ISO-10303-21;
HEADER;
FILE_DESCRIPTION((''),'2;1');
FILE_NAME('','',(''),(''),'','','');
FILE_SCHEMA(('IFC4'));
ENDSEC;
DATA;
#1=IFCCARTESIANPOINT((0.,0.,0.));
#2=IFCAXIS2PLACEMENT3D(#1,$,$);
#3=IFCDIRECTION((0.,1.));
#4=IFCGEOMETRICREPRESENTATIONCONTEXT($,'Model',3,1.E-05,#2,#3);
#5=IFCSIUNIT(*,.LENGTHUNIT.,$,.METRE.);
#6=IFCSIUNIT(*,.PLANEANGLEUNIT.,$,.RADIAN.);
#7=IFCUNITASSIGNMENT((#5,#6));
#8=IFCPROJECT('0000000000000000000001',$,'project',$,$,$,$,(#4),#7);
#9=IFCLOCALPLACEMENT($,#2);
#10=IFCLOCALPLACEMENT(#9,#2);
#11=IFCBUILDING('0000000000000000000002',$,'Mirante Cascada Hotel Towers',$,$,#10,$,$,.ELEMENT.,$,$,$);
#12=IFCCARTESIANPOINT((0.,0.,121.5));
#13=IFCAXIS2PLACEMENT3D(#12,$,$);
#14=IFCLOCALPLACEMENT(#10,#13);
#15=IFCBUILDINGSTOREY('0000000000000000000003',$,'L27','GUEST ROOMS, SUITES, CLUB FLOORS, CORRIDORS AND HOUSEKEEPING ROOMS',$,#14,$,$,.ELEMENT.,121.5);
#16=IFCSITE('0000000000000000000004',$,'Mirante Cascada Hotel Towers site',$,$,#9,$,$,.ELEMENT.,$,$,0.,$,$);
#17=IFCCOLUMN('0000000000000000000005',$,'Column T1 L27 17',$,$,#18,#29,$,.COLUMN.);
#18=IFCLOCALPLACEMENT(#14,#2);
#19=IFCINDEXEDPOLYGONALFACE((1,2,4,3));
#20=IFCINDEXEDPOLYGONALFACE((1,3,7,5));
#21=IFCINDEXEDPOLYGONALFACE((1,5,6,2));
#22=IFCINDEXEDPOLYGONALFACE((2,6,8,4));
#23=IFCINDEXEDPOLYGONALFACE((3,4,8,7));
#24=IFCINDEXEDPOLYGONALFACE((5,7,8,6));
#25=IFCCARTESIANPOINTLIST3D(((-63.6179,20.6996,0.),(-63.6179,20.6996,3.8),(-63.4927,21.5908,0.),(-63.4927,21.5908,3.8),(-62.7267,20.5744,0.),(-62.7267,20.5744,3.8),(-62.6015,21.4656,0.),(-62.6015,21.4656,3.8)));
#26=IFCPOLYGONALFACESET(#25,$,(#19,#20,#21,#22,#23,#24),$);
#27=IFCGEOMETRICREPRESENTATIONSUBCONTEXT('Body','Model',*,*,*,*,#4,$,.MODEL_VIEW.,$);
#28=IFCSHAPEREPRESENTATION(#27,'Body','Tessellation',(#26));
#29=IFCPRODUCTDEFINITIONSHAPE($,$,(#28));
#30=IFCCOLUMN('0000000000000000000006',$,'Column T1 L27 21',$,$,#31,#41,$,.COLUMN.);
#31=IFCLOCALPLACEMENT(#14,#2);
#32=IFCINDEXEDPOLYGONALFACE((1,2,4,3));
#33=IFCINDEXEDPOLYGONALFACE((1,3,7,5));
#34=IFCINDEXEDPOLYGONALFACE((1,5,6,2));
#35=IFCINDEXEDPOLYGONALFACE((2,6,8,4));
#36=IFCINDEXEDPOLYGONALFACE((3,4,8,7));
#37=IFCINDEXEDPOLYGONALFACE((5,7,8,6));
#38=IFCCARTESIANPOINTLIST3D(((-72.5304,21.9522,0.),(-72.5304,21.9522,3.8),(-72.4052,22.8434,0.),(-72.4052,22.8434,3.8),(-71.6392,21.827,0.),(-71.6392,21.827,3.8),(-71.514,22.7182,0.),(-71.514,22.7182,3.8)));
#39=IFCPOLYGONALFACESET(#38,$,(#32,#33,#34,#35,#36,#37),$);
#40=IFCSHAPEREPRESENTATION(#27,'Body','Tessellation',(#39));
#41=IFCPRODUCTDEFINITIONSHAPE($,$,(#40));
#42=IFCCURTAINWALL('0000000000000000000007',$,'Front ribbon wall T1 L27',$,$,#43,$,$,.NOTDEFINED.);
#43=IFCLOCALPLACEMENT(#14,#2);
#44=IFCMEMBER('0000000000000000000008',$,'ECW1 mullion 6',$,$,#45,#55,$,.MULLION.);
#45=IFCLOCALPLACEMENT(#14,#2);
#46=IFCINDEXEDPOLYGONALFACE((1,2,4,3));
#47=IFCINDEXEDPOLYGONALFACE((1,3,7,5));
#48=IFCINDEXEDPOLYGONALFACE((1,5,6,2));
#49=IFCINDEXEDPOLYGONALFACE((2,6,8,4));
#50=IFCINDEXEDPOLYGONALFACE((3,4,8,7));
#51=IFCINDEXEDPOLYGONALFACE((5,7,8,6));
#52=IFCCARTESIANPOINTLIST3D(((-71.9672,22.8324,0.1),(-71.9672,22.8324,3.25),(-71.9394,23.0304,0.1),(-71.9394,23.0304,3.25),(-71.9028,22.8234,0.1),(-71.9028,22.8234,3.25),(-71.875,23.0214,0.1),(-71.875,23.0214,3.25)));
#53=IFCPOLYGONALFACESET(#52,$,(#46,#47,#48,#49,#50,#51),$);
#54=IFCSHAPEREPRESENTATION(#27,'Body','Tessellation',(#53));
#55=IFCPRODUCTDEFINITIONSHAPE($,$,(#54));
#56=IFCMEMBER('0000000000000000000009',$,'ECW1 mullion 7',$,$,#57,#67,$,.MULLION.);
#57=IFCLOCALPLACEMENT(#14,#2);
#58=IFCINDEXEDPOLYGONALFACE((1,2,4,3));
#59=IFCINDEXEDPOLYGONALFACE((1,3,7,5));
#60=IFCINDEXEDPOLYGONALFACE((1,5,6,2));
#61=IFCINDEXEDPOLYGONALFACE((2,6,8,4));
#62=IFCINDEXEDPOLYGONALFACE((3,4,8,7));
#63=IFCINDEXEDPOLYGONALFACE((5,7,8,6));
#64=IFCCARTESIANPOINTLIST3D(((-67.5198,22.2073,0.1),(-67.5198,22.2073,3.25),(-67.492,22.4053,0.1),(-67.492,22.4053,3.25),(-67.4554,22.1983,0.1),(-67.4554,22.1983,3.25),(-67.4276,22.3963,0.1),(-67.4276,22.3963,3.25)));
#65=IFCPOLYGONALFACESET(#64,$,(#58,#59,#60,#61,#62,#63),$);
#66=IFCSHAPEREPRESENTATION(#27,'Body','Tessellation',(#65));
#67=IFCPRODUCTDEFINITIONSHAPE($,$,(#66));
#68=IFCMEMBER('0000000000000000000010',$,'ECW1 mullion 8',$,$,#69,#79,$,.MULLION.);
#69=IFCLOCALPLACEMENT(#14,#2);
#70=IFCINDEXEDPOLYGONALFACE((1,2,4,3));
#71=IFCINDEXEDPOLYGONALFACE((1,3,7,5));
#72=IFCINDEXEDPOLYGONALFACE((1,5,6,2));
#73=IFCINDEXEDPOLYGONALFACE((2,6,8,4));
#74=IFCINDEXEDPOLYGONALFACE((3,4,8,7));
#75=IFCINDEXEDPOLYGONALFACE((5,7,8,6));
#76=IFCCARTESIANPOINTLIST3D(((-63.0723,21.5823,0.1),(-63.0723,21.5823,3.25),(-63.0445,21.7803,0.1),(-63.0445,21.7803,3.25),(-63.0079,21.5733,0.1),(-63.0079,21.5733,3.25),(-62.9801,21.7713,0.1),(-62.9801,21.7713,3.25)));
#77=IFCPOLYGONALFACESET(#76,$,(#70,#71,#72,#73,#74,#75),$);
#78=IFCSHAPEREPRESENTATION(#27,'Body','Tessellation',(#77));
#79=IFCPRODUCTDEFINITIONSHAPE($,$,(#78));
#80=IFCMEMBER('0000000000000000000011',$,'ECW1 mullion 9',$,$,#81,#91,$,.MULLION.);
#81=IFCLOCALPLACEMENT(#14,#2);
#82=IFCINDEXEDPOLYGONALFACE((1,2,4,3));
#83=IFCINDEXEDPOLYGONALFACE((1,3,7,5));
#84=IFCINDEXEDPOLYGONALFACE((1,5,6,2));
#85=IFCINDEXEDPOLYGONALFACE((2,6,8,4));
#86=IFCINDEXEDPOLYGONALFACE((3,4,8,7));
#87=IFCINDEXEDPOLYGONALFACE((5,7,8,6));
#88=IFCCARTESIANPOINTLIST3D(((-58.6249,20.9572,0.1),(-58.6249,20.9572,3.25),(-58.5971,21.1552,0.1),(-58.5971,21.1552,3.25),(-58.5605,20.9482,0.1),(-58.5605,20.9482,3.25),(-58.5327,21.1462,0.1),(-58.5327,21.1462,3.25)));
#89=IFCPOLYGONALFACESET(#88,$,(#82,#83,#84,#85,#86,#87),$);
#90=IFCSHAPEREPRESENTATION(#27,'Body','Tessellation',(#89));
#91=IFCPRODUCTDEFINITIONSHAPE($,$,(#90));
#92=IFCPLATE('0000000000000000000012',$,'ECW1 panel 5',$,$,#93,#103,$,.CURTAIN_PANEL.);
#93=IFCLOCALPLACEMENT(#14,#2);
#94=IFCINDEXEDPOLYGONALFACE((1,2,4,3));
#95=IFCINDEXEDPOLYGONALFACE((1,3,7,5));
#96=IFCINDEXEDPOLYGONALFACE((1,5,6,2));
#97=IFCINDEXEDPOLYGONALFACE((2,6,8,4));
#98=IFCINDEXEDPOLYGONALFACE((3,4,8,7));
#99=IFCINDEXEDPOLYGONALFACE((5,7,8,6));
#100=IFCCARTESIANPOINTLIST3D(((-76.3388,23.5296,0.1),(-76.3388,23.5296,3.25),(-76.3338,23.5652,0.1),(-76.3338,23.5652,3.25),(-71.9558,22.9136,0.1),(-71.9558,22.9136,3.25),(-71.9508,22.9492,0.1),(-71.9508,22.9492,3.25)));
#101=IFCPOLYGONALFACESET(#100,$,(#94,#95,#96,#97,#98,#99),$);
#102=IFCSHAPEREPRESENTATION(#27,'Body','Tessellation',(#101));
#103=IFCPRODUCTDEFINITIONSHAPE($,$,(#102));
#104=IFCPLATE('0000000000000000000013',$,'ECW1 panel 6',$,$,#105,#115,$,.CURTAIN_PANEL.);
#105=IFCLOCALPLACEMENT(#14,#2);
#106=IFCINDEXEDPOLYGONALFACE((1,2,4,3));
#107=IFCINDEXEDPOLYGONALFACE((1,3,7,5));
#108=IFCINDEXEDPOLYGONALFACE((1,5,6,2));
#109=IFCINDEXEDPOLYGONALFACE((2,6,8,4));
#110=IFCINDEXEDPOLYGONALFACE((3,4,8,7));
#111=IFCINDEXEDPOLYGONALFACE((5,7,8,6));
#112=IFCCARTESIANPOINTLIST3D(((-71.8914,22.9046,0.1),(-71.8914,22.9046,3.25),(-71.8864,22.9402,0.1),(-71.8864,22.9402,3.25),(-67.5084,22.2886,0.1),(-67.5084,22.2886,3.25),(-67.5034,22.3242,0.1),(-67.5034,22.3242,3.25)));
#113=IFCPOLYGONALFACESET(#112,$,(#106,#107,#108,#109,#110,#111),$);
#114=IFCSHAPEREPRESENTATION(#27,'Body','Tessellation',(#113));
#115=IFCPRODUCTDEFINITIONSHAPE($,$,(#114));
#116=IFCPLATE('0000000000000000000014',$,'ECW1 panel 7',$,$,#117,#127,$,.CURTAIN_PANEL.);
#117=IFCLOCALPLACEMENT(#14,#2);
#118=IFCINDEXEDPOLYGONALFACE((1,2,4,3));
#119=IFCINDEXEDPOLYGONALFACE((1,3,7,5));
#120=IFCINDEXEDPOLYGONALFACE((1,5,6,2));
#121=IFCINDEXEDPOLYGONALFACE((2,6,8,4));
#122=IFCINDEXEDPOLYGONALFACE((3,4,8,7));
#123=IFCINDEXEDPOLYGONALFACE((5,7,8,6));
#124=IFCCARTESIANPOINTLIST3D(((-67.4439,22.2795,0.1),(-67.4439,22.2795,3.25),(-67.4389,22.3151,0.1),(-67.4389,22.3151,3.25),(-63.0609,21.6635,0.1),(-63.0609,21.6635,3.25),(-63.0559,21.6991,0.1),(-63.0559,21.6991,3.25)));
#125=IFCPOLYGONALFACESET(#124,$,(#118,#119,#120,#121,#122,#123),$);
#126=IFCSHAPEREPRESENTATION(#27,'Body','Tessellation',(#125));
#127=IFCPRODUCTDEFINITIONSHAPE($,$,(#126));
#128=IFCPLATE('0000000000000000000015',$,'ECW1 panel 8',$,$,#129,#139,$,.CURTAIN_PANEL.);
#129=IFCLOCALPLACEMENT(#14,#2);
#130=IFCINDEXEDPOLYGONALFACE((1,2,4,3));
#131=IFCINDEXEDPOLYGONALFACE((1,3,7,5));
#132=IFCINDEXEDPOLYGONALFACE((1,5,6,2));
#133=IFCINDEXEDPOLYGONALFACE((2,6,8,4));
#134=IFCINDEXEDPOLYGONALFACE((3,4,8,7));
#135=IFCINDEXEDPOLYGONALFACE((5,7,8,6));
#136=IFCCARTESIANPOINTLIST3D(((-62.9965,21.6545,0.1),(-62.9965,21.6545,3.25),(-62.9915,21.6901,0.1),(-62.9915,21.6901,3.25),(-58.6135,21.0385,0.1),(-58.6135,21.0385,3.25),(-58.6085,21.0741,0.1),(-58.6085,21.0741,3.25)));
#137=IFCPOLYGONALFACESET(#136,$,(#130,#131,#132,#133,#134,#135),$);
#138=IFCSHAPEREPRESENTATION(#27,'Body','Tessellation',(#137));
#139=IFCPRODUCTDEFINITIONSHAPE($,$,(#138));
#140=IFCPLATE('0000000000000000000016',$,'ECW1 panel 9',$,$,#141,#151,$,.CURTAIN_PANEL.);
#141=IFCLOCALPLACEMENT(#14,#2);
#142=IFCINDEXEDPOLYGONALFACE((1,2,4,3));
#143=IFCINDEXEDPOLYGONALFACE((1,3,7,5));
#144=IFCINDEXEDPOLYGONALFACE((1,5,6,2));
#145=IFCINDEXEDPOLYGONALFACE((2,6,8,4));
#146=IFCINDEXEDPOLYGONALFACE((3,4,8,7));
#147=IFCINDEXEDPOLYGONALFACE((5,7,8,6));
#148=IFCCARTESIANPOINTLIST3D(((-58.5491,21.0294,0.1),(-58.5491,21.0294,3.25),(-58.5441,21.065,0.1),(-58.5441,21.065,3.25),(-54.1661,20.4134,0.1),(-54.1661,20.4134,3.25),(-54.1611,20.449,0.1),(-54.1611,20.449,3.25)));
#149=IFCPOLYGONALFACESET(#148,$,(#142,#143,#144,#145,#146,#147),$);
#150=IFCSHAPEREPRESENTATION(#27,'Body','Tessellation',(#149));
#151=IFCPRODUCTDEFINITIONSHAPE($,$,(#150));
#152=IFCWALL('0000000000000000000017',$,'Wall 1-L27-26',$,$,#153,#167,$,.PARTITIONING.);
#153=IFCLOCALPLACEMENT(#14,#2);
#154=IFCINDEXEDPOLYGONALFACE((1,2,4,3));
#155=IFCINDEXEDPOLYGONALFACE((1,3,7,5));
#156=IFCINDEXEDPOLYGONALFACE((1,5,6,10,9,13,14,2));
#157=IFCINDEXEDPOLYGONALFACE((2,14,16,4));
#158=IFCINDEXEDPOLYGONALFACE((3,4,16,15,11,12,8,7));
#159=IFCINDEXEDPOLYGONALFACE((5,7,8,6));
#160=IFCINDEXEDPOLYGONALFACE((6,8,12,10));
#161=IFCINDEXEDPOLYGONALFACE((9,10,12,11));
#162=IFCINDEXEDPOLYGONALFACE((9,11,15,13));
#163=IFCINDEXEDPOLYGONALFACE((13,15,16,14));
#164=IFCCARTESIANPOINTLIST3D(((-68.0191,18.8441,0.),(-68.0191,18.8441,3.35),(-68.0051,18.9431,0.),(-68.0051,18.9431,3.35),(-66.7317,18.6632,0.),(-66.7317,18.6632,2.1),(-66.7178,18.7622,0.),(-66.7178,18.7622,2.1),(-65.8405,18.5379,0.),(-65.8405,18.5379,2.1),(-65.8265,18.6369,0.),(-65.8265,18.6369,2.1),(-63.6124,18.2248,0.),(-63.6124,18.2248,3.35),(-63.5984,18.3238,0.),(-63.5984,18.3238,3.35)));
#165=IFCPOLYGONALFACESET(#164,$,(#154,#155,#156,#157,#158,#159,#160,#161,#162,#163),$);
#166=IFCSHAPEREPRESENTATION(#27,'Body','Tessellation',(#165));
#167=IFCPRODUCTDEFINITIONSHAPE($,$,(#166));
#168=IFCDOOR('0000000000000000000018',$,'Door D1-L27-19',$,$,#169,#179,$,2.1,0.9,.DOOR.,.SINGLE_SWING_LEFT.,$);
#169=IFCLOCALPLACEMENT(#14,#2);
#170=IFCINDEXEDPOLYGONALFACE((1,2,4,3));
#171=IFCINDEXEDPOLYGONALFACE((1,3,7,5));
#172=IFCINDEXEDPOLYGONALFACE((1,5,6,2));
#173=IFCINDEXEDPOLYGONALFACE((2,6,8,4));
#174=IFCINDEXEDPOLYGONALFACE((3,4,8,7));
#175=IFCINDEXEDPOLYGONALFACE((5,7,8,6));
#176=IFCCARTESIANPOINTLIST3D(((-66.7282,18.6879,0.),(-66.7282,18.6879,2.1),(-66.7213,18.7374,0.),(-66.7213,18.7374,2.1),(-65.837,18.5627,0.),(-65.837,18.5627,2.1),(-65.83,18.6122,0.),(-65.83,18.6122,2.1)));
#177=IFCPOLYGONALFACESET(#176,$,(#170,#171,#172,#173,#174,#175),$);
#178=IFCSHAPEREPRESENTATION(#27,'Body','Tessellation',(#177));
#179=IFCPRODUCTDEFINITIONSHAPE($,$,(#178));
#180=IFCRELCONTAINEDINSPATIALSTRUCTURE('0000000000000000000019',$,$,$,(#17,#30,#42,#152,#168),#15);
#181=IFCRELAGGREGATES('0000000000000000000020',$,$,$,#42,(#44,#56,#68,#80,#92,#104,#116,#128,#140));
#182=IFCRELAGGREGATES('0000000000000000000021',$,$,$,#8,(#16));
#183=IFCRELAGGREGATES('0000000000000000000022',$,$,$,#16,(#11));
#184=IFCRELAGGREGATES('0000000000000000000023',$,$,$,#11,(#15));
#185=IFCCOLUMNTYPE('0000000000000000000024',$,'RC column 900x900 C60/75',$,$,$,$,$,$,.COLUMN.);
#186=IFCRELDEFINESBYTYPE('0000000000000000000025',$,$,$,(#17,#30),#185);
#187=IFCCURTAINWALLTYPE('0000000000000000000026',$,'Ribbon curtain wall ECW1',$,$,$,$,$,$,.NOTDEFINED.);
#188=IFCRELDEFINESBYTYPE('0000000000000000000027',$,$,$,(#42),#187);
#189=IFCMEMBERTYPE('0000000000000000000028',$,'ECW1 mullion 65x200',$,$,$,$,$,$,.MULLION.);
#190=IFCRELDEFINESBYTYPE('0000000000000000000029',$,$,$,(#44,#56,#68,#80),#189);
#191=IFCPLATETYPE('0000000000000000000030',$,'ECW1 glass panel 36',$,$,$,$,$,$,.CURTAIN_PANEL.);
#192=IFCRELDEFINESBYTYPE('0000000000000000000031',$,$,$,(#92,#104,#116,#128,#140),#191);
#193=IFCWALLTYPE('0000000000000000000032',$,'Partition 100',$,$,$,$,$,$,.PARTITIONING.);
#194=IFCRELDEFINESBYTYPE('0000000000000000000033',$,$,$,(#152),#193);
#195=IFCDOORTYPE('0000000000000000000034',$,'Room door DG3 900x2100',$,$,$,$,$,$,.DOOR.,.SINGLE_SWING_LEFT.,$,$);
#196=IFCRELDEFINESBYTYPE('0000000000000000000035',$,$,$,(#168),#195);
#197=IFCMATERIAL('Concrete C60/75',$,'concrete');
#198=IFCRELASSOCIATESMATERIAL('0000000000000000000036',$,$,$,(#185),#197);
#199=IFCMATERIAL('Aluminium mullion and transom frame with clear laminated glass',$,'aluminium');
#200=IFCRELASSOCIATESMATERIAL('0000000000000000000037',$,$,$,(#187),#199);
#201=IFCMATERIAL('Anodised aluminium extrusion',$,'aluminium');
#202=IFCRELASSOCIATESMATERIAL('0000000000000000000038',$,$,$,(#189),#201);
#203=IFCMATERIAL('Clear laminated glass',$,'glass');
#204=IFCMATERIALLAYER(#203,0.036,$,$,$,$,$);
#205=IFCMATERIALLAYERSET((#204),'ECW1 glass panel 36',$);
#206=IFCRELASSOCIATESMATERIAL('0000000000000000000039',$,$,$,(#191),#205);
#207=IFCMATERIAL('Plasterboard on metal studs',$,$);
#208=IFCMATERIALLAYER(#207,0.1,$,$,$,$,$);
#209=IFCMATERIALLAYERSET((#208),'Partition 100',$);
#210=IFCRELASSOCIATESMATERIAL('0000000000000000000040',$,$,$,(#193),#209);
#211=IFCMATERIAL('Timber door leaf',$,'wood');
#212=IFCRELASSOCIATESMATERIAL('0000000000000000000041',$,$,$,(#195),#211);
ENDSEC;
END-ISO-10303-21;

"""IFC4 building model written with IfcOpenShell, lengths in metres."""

from ifc_helpers import new_model, si_unit, direction, frame, frame_2d, origin, origin_2d, place, context, subcontext, project, spatial, rectangle, extrude, material, layer, layer_set, material_profile, profile_set, type_object, element, fill, aggregate, save


model = new_model("IFC4")

# Units and contexts
model_context = context("Model", 3, precision=1e-05, world=origin(), true_north=direction((0.0, 1.0)))
body_context = subcontext(model_context, "Body", "Model", "MODEL_VIEW")
ifc_project = project(units=[si_unit("LENGTHUNIT", "METRE"), si_unit("PLANEANGLEUNIT", "RADIAN")], contexts=[model_context])

# Site, building, storey
site_placement = place(None, origin())
site = spatial("IfcSite", under=ifc_project, at=site_placement, Name="Mirante Cascada Hotel Towers site", CompositionType="ELEMENT", RefElevation=0.0)
building_placement = place(site_placement, origin())
building = spatial("IfcBuilding", under=site, at=building_placement, Name="Mirante Cascada Hotel Towers", CompositionType="ELEMENT")
storey_placement = place(building_placement, frame((0.0, 0.0, 121.5)))
storey = spatial("IfcBuildingStorey", under=building, at=storey_placement, Name="L27", Description="GUEST ROOMS, SUITES, CLUB FLOORS, CORRIDORS AND HOUSEKEEPING ROOMS", CompositionType="ELEMENT", Elevation=121.5)

# Columns
ifc_material_1 = material(Name="Concrete C60/75", Category="concrete")
ifc_material_profile_1 = material_profile(ifc_material_1, rectangle(XDim=0.9, YDim=0.9, at=origin_2d()), Name="RC column 900x900 C60/75")
ifc_profile_set_1 = profile_set([ifc_material_profile_1], Name="Concrete C60/75")
column_type = type_object("IfcColumnType", Name="RC column 900x900 C60/75", PredefinedType="COLUMN", material=ifc_profile_set_1)
for number, where, z_axis, x_axis, name in (
    (1, (-63.1097, 21.0826, 0.0), (0.0, 0.0, 1.0), (-0.990268, 0.139173, 0.0), "Column T1 L27 17"),
    (2, (-72.0222, 22.3352, 0.0), (0.0, 0.0, 1.0), (-0.990268, 0.139173, 0.0), "Column T1 L27 21"),
):
    element("IfcColumn", number, at=place(storey_placement, frame(where, z_axis=z_axis, x_axis=x_axis)), inside=storey, type_object=column_type, Name=name, PredefinedType="COLUMN", context=body_context, shape_type="SweptSolid", body=[
        extrude(rectangle(XDim=0.9, YDim=0.9, at=origin_2d()), origin(), (0.0, 0.0, 1.0), 3.8),
    ])

# Curtain wall, members, plates
ifc_material_2 = material(Name="Aluminium mullion and transom frame with clear laminated glass", Category="aluminium")
curtain_wall_type = type_object("IfcCurtainWallType", Name="Ribbon curtain wall ECW1", PredefinedType="NOTDEFINED", material=ifc_material_2)
curtain_wall_placement = place(storey_placement, origin())
curtain_wall = element("IfcCurtainWall", 3, at=curtain_wall_placement, inside=storey, type_object=curtain_wall_type, Name="Front ribbon wall T1 L27", PredefinedType="NOTDEFINED")
ifc_material_3 = material(Name="Anodised aluminium extrusion", Category="aluminium")
ifc_material_profile_2 = material_profile(ifc_material_3, rectangle(XDim=0.2, YDim=0.065, at=origin_2d()), Name="ECW1 MULLION 65x200")
ifc_profile_set_2 = profile_set([ifc_material_profile_2], Name="Anodised aluminium extrusion")
member_type = type_object("IfcMemberType", Name="ECW1 mullion 65x200", PredefinedType="MULLION", material=ifc_profile_set_2)
member_1_placement = place(storey_placement, frame((-71.9211, 22.9269, 0.1), z_axis=(0.0, 0.0, 1.0), x_axis=(0.139173, 0.990268, 0.0)))
member_1 = element("IfcMember", 4, at=member_1_placement, type_object=member_type, Name="ECW1 mullion 6", PredefinedType="MULLION", context=body_context, shape_type="SweptSolid", body=[
    extrude(rectangle(XDim=0.2, YDim=0.065, at=origin_2d()), origin(), (0.0, 0.0, 1.0), 3.15),
])
member_2_placement = place(storey_placement, frame((-67.4737, 22.3018, 0.1), z_axis=(0.0, 0.0, 1.0), x_axis=(0.139173, 0.990268, 0.0)))
member_2 = element("IfcMember", 5, at=member_2_placement, type_object=member_type, Name="ECW1 mullion 7", PredefinedType="MULLION", context=body_context, shape_type="SweptSolid", body=[
    extrude(rectangle(XDim=0.2, YDim=0.065, at=origin_2d()), origin(), (0.0, 0.0, 1.0), 3.15),
])
member_3_placement = place(storey_placement, frame((-63.0262, 21.6768, 0.1), z_axis=(0.0, 0.0, 1.0), x_axis=(0.139173, 0.990268, 0.0)))
member_3 = element("IfcMember", 6, at=member_3_placement, type_object=member_type, Name="ECW1 mullion 8", PredefinedType="MULLION", context=body_context, shape_type="SweptSolid", body=[
    extrude(rectangle(XDim=0.2, YDim=0.065, at=origin_2d()), origin(), (0.0, 0.0, 1.0), 3.15),
])
member_4_placement = place(storey_placement, frame((-58.5788, 21.0517, 0.1), z_axis=(0.0, 0.0, 1.0), x_axis=(0.139173, 0.990268, 0.0)))
member_4 = element("IfcMember", 7, at=member_4_placement, type_object=member_type, Name="ECW1 mullion 9", PredefinedType="MULLION", context=body_context, shape_type="SweptSolid", body=[
    extrude(rectangle(XDim=0.2, YDim=0.065, at=origin_2d()), origin(), (0.0, 0.0, 1.0), 3.15),
])
ifc_material_4 = material(Name="Clear laminated glass", Category="glass")
ifc_layer_1 = layer(ifc_material_4, 0.036)
ifc_layer_set_1 = layer_set([ifc_layer_1], Name="ECW1 glass panel 36")
plate_type = type_object("IfcPlateType", Name="ECW1 glass panel 36", PredefinedType="CURTAIN_PANEL", material=ifc_layer_set_1)
plate_1_placement = place(storey_placement, frame((-74.1448, 23.2394, 0.1), z_axis=(0.0, 0.0, 1.0), x_axis=(0.990268, -0.139173, 0.0)))
plate_1 = element("IfcPlate", 8, at=plate_1_placement, type_object=plate_type, Name="ECW1 panel 5", PredefinedType="CURTAIN_PANEL", context=body_context, shape_type="SweptSolid", body=[
    extrude(rectangle(XDim=4.4261, YDim=0.036, at=origin_2d()), origin(), (0.0, 0.0, 1.0), 3.15),
])
plate_2_placement = place(storey_placement, frame((-69.6974, 22.6144, 0.1), z_axis=(0.0, 0.0, 1.0), x_axis=(0.990268, -0.139173, 0.0)))
plate_2 = element("IfcPlate", 9, at=plate_2_placement, type_object=plate_type, Name="ECW1 panel 6", PredefinedType="CURTAIN_PANEL", context=body_context, shape_type="SweptSolid", body=[
    extrude(rectangle(XDim=4.4261, YDim=0.036, at=origin_2d()), origin(), (0.0, 0.0, 1.0), 3.15),
])
plate_3_placement = place(storey_placement, frame((-65.2499, 21.9893, 0.1), z_axis=(0.0, 0.0, 1.0), x_axis=(0.990268, -0.139173, 0.0)))
plate_3 = element("IfcPlate", 10, at=plate_3_placement, type_object=plate_type, Name="ECW1 panel 7", PredefinedType="CURTAIN_PANEL", context=body_context, shape_type="SweptSolid", body=[
    extrude(rectangle(XDim=4.4261, YDim=0.036, at=origin_2d()), origin(), (0.0, 0.0, 1.0), 3.15),
])
plate_4_placement = place(storey_placement, frame((-60.8025, 21.3643, 0.1), z_axis=(0.0, 0.0, 1.0), x_axis=(0.990268, -0.139173, 0.0)))
plate_4 = element("IfcPlate", 11, at=plate_4_placement, type_object=plate_type, Name="ECW1 panel 8", PredefinedType="CURTAIN_PANEL", context=body_context, shape_type="SweptSolid", body=[
    extrude(rectangle(XDim=4.4261, YDim=0.036, at=origin_2d()), origin(), (0.0, 0.0, 1.0), 3.15),
])
plate_5_placement = place(storey_placement, frame((-56.3551, 20.7392, 0.1), z_axis=(0.0, 0.0, 1.0), x_axis=(0.990268, -0.139173, 0.0)))
plate_5 = element("IfcPlate", 12, at=plate_5_placement, type_object=plate_type, Name="ECW1 panel 9", PredefinedType="CURTAIN_PANEL", context=body_context, shape_type="SweptSolid", body=[
    extrude(rectangle(XDim=4.4261, YDim=0.036, at=origin_2d()), origin(), (0.0, 0.0, 1.0), 3.15),
])
aggregate(curtain_wall, [member_1, member_2, member_3, member_4, plate_1, plate_2, plate_3, plate_4, plate_5])

# Wall, opening, door
ifc_material_5 = material(Name="Plasterboard on metal studs")
ifc_layer_2 = layer(ifc_material_5, 0.1)
ifc_layer_set_2 = layer_set([ifc_layer_2], Name="Partition 100")
wall_type = type_object("IfcWallType", Name="Partition 100", PredefinedType="PARTITIONING", material=ifc_layer_set_2)
wall_1_placement = place(storey_placement, frame((-63.6054, 18.2743, 0.0), z_axis=(0.0, 0.0, 1.0), x_axis=(-0.990269, 0.139168, 0.0)))
wall_1 = element("IfcWall", 13, at=wall_1_placement, inside=storey, type_object=wall_type, Name="Wall 1-L27-26", PredefinedType="PARTITIONING", context=body_context, shape_type="SweptSolid", body=[
    extrude(rectangle(XDim=4.45, YDim=0.1, at=frame_2d((2.225, 0.0))), origin(), (0.0, 0.0, 1.0), 3.35),
])
opening_1_placement = place(wall_1_placement, frame((2.25, 0.0, 0.0)))
opening_1 = element("IfcOpeningElement", 14, at=opening_1_placement, cuts=wall_1, PredefinedType="OPENING", context=body_context, shape_type="SweptSolid", body=[
    extrude(rectangle(XDim=0.9, YDim=2.1, at=frame_2d((0.45, 1.05))), frame((0.0, 0.05, 0.0), z_axis=(0.0, -1.0, 0.0), x_axis=(1.0, 0.0, 0.0)), (0.0, 0.0, 1.0), 0.1),
])
ifc_material_6 = material(Name="Timber door leaf", Category="wood")
door_type_1 = type_object("IfcDoorType", Name="Room door DG3 900x2100", OperationType="SINGLE_SWING_LEFT", PredefinedType="DOOR", material=ifc_material_6)
door_1_placement = place(opening_1_placement, origin())
door_1 = element("IfcDoor", 15, at=door_1_placement, inside=storey, type_object=door_type_1, Name="Door D1-L27-19", OperationType="SINGLE_SWING_LEFT", OverallHeight=2.1, OverallWidth=0.9, PredefinedType="DOOR", context=body_context, shape_type="SweptSolid", body=[
    extrude(rectangle(XDim=0.9, YDim=2.1, at=frame_2d((0.45, 1.05))), frame((0.0, 0.025, 0.0), z_axis=(0.0, -1.0, 0.0), x_axis=(1.0, 0.0, 0.0)), (0.0, 0.0, 1.0), 0.05),
])
fill(opening_1, door_1)

save(model, "model.ifc")
